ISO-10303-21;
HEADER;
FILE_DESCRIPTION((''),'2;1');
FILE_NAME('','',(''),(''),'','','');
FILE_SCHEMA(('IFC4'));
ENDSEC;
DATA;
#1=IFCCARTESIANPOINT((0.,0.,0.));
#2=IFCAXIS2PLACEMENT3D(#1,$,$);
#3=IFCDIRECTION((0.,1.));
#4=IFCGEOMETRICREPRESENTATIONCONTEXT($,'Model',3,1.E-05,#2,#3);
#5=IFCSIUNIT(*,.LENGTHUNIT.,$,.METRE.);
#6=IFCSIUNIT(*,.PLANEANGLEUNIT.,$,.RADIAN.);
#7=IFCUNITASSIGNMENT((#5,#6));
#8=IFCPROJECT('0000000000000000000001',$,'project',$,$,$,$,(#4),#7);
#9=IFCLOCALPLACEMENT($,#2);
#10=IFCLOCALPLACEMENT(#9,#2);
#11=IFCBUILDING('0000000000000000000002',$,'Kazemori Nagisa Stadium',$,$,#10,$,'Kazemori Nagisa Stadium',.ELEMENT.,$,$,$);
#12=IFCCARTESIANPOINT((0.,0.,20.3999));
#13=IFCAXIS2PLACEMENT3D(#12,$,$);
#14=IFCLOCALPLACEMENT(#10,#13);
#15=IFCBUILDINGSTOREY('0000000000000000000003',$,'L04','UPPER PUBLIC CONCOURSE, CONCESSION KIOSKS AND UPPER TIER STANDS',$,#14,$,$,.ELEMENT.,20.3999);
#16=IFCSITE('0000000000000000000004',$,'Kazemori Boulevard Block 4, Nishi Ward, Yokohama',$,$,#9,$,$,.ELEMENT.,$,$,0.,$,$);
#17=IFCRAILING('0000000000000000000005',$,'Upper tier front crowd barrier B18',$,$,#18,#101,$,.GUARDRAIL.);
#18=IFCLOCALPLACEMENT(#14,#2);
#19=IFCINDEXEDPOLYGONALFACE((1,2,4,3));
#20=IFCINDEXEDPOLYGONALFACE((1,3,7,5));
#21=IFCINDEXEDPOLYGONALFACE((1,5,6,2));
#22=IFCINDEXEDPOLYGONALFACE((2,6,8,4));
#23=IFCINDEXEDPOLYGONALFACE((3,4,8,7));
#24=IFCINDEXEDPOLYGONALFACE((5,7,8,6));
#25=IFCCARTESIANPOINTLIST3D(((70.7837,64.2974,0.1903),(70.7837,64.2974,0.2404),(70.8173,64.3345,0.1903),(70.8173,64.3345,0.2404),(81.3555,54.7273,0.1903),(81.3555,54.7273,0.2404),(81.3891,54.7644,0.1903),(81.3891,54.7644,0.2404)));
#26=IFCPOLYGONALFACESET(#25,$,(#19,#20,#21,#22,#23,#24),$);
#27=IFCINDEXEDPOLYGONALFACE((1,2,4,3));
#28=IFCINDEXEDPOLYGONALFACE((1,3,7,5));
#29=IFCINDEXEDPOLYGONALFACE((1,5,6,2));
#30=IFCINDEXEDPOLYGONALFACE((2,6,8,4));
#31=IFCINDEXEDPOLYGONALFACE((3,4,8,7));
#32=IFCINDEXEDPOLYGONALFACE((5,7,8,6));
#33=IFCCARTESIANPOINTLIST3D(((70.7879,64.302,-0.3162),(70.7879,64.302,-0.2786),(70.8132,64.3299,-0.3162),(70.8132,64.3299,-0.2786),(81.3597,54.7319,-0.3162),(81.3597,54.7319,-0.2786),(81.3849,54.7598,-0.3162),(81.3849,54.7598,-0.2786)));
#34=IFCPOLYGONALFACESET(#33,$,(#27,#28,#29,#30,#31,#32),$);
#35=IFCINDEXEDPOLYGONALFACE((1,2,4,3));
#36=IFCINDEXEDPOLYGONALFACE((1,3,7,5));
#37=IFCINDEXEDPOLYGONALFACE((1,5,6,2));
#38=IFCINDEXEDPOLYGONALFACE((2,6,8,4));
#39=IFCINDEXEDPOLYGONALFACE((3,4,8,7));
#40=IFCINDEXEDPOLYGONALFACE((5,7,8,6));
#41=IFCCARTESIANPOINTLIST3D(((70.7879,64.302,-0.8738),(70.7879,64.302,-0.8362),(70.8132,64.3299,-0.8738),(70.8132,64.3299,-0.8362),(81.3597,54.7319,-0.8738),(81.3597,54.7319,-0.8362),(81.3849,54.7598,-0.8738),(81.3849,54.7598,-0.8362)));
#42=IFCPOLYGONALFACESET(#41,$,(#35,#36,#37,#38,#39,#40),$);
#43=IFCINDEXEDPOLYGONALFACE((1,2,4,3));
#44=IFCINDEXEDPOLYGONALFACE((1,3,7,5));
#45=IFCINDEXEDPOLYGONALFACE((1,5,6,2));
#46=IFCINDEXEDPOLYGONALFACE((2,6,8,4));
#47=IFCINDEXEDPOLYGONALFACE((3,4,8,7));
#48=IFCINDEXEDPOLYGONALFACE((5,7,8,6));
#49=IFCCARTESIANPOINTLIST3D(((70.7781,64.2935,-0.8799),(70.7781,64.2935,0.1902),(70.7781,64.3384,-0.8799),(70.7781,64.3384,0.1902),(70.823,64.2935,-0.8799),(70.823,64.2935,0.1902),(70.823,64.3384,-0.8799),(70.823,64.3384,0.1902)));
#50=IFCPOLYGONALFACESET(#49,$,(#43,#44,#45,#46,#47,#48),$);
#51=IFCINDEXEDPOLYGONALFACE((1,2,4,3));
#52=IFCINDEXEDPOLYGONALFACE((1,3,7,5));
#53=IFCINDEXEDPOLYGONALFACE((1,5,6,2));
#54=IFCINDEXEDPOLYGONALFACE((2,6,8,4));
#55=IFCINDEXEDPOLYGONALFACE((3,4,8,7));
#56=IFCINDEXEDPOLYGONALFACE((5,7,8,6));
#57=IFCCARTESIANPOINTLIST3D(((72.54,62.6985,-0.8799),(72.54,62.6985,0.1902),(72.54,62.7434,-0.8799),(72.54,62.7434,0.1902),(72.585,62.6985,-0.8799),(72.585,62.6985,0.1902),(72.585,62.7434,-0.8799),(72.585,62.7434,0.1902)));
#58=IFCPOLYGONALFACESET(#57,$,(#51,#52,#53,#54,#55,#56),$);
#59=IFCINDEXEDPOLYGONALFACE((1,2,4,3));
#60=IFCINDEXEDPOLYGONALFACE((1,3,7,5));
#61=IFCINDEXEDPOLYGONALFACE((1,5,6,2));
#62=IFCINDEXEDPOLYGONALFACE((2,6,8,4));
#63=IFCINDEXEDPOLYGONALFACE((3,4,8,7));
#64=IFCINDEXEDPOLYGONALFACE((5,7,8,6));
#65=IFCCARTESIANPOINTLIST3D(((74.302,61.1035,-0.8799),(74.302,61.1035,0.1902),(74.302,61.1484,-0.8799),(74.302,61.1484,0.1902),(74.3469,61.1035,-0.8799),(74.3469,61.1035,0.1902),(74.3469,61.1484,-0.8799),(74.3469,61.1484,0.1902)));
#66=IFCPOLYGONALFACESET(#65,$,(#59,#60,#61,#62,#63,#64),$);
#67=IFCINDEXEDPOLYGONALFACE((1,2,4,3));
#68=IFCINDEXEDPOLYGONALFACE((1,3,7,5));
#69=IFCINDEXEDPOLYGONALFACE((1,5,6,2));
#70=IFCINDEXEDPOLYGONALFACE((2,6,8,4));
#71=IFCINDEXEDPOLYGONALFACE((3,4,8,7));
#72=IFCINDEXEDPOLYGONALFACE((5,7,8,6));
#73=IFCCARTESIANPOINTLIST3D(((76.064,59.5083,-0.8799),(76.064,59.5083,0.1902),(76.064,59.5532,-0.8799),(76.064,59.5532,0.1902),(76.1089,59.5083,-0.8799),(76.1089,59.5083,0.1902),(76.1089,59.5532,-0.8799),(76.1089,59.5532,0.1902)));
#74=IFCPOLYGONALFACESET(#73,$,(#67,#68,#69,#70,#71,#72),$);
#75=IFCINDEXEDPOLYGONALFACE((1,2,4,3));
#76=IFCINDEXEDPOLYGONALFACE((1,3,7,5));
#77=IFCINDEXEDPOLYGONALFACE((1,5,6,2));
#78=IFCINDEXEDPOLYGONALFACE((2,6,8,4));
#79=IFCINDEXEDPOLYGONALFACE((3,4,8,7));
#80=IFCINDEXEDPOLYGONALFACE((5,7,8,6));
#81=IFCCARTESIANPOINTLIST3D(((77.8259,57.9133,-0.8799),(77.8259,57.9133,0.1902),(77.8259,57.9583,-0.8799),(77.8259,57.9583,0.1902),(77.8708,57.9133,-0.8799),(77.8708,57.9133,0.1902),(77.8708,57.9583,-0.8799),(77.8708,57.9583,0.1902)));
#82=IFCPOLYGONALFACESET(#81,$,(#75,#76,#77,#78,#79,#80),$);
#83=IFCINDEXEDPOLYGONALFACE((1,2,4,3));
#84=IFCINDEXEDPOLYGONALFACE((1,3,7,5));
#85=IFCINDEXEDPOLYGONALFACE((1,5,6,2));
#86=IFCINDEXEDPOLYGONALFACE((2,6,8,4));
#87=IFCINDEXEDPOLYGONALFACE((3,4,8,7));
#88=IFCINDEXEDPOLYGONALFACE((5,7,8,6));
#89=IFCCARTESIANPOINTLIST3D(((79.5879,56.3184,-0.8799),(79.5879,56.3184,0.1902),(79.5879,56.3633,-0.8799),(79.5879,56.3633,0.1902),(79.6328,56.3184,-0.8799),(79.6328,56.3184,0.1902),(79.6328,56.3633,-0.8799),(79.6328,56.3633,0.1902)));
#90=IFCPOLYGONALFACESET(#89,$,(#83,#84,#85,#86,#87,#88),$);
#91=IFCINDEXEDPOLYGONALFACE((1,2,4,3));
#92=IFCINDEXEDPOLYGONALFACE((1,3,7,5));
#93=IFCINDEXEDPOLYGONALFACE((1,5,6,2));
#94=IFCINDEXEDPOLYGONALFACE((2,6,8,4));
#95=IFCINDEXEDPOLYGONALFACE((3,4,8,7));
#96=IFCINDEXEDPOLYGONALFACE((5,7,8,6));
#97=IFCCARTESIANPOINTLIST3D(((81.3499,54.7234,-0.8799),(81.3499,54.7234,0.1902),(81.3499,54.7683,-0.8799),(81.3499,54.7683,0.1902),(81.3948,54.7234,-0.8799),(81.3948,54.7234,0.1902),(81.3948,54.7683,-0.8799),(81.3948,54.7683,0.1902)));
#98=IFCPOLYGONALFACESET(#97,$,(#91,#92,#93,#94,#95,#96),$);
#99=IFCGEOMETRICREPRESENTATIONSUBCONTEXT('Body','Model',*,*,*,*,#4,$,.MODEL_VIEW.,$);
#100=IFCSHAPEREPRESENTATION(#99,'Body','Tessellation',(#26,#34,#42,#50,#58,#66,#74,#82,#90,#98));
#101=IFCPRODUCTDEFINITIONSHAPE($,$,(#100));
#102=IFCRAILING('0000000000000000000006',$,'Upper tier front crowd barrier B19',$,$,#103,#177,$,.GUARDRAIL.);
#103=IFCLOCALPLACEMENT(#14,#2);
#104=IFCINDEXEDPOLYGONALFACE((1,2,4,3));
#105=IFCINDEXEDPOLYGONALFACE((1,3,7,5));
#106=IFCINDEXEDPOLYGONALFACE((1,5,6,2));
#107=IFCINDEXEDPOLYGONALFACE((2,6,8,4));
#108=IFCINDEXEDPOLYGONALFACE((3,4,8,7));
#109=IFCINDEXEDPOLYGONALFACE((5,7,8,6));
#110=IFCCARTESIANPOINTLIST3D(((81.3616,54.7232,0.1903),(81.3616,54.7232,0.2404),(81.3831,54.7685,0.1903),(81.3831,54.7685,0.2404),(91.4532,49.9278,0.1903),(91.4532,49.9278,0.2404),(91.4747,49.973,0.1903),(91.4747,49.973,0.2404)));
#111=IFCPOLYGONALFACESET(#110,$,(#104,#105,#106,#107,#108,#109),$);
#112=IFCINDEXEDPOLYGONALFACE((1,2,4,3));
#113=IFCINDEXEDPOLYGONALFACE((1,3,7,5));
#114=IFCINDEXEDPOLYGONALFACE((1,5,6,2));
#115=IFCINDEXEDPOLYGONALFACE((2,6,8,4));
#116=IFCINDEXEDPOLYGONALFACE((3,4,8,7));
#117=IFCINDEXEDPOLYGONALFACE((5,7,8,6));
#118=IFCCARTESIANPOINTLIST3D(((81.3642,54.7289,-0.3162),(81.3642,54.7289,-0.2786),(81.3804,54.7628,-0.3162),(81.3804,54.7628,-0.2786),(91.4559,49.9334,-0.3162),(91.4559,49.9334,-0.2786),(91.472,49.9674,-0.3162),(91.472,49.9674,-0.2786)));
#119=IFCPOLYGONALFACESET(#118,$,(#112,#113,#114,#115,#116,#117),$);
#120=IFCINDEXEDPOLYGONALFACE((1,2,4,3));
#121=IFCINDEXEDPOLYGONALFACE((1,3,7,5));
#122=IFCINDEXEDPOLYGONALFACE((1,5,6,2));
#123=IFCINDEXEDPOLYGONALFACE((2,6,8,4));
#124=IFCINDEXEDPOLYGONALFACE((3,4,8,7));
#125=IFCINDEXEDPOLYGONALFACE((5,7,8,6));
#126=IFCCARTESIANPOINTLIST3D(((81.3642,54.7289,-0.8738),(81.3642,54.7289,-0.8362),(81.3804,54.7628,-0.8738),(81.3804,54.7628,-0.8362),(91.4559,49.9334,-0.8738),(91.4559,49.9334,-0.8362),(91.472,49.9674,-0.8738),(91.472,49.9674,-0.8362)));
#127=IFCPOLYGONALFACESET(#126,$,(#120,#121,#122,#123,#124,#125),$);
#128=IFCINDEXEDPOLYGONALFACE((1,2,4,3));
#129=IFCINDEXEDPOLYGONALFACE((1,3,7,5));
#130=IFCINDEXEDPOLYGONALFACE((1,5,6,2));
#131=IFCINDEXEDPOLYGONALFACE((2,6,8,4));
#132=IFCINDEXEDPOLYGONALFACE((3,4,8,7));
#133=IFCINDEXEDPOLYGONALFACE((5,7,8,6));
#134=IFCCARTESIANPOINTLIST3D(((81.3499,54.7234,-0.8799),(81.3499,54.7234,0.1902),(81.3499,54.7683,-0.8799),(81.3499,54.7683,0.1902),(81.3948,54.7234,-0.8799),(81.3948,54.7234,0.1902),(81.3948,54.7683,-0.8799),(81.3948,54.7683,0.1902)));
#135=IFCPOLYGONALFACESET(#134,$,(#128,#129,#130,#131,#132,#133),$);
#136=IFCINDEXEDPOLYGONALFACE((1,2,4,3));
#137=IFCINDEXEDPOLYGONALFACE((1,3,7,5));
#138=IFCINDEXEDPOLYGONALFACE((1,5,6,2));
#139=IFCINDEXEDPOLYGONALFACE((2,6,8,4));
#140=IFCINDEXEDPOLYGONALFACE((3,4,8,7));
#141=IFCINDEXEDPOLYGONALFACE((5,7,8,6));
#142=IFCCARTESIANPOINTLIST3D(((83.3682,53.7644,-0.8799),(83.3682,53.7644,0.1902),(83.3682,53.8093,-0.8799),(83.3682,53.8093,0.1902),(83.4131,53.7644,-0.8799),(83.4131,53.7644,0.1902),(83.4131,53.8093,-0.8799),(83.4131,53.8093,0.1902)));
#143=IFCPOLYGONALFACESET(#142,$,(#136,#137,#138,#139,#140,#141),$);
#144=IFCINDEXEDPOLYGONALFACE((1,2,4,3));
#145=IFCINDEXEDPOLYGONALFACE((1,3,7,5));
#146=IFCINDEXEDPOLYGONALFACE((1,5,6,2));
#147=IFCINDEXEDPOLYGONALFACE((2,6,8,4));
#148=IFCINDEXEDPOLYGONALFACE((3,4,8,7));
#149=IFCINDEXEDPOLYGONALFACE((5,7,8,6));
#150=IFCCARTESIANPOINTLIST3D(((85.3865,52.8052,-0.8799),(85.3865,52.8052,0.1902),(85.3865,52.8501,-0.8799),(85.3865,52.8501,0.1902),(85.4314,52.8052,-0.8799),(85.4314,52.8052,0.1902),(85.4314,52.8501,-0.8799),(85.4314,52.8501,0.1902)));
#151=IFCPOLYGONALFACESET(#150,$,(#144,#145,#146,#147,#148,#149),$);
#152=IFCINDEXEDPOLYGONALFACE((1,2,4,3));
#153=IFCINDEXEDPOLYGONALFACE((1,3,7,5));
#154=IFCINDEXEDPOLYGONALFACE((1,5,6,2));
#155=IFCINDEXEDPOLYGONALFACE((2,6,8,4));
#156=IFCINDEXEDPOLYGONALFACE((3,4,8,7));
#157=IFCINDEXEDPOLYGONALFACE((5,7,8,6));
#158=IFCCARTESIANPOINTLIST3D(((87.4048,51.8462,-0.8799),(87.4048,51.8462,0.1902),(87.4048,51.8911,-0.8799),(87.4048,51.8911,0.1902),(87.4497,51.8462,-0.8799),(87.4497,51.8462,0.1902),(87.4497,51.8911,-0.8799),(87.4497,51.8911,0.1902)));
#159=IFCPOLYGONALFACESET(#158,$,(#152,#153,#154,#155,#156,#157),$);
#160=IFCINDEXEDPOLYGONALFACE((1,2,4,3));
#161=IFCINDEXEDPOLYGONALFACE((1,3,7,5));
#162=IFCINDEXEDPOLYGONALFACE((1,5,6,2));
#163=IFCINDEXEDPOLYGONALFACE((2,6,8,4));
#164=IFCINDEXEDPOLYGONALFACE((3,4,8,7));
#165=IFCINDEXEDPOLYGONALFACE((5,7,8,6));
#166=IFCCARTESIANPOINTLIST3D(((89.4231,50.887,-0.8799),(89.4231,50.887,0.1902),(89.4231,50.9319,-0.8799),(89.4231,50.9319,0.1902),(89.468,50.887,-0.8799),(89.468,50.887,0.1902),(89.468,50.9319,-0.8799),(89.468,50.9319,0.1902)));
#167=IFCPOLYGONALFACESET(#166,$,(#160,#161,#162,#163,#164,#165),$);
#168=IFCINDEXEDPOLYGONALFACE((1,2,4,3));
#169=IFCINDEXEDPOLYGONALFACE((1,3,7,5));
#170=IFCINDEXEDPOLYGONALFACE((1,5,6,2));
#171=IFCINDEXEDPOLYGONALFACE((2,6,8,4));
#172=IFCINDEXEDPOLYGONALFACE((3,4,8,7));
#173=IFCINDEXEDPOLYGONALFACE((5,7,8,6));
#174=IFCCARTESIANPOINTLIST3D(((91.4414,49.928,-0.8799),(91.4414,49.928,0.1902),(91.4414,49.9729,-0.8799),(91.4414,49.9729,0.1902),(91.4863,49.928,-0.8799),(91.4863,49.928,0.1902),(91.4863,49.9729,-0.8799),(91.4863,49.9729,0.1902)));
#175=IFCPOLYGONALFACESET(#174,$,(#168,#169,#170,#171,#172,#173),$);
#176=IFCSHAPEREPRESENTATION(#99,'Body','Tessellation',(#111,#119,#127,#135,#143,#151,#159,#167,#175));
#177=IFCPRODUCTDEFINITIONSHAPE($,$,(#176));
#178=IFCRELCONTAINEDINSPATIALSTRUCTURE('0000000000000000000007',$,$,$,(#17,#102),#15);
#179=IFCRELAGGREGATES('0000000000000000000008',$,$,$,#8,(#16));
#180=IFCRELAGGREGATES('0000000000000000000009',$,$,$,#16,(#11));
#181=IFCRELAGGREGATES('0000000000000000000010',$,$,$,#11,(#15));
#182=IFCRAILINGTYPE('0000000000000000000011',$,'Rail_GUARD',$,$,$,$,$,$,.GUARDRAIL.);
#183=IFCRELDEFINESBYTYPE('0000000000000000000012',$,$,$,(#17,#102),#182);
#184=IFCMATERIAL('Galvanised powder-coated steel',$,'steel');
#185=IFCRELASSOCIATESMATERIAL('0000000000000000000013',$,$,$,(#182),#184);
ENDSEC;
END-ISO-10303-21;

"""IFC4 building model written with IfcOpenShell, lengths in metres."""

from ifc_helpers import new_model, si_unit, direction, frame, origin, origin_2d, place, context, subcontext, project, spatial, rectangle, extrude, material, type_object, element, save


model = new_model("IFC4")

# Units and contexts
model_context = context("Model", 3, precision=1e-05, world=origin(), true_north=direction((0.0, 1.0)))
body_context = subcontext(model_context, "Body", "Model", "MODEL_VIEW")
ifc_project = project(units=[si_unit("LENGTHUNIT", "METRE"), si_unit("PLANEANGLEUNIT", "RADIAN")], contexts=[model_context])

# Site, building, storey
site_placement = place(None, origin())
site = spatial("IfcSite", under=ifc_project, at=site_placement, Name="Kazemori Boulevard Block 4, Nishi Ward, Yokohama", CompositionType="ELEMENT", RefElevation=0.0)
building_placement = place(site_placement, origin())
building = spatial("IfcBuilding", under=site, at=building_placement, Name="Kazemori Nagisa Stadium", LongName="Kazemori Nagisa Stadium", CompositionType="ELEMENT")
storey_placement = place(building_placement, frame((0.0, 0.0, 20.3999)))
storey = spatial("IfcBuildingStorey", under=building, at=storey_placement, Name="L04", Description="UPPER PUBLIC CONCOURSE, CONCESSION KIOSKS AND UPPER TIER STANDS", CompositionType="ELEMENT", Elevation=20.3999)

# Railings
ifc_material_1 = material(Name="Galvanised powder-coated steel", Category="steel")
railing_type_1 = type_object("IfcRailingType", Name="Rail_GUARD", PredefinedType="GUARDRAIL", material=ifc_material_1)
railing_1_placement = place(storey_placement, frame((70.8005, 64.3159, -0.8799)))
element("IfcRailing", 1, at=railing_1_placement, inside=storey, type_object=railing_type_1, Name="Upper tier front crowd barrier B18", PredefinedType="GUARDRAIL", context=body_context, shape_type="SweptSolid", body=[
    extrude(rectangle(XDim=0.05, YDim=0.05, at=origin_2d()), frame((0.0, 0.0, 1.0952), z_axis=(0.741357, -0.671111, 0.0), x_axis=(0.671111, 0.741357, 0.0)), (0.0, 0.0, 1.0), 14.26),
    extrude(rectangle(XDim=0.0376, YDim=0.0376, at=origin_2d()), frame((0.0, 0.0, 0.5825), z_axis=(0.741357, -0.671111, 0.0), x_axis=(0.671111, 0.741357, 0.0)), (0.0, 0.0, 1.0), 14.26),
    extrude(rectangle(XDim=0.0376, YDim=0.0376, at=origin_2d()), frame((0.0, 0.0, 0.0249), z_axis=(0.741357, -0.671111, 0.0), x_axis=(0.671111, 0.741357, 0.0)), (0.0, 0.0, 1.0), 14.26),
    extrude(rectangle(XDim=0.0449, YDim=0.0449, at=origin_2d()), origin(), (0.0, 0.0, 1.0), 1.0701),
    extrude(rectangle(XDim=0.0449, YDim=0.0449, at=origin_2d()), frame((1.762, -1.595, 0.0)), (0.0, 0.0, 1.0), 1.0701),
    extrude(rectangle(XDim=0.0449, YDim=0.0449, at=origin_2d()), frame((3.5239, -3.1899, 0.0)), (0.0, 0.0, 1.0), 1.0701),
    extrude(rectangle(XDim=0.0449, YDim=0.0449, at=origin_2d()), frame((5.2859, -4.7852, 0.0)), (0.0, 0.0, 1.0), 1.0701),
    extrude(rectangle(XDim=0.0449, YDim=0.0449, at=origin_2d()), frame((7.0479, -6.3801, 0.0)), (0.0, 0.0, 1.0), 1.0701),
    extrude(rectangle(XDim=0.0449, YDim=0.0449, at=origin_2d()), frame((8.8098, -7.9751, 0.0)), (0.0, 0.0, 1.0), 1.0701),
    extrude(rectangle(XDim=0.0449, YDim=0.0449, at=origin_2d()), frame((10.5718, -9.5701, 0.0)), (0.0, 0.0, 1.0), 1.0701),
])
railing_2_placement = place(storey_placement, frame((81.3723, 54.7458, -0.8799)))
element("IfcRailing", 2, at=railing_2_placement, inside=storey, type_object=railing_type_1, Name="Upper tier front crowd barrier B19", PredefinedType="GUARDRAIL", context=body_context, shape_type="SweptSolid", body=[
    extrude(rectangle(XDim=0.05, YDim=0.05, at=origin_2d()), frame((0.0, 0.0, 1.0952), z_axis=(0.903211, -0.429197, 0.0), x_axis=(0.429197, 0.903211, 0.0)), (0.0, 0.0, 1.0), 11.1731),
    extrude(rectangle(XDim=0.0376, YDim=0.0376, at=origin_2d()), frame((0.0, 0.0, 0.5825), z_axis=(0.903211, -0.429197, 0.0), x_axis=(0.429197, 0.903211, 0.0)), (0.0, 0.0, 1.0), 11.1731),
    extrude(rectangle(XDim=0.0376, YDim=0.0376, at=origin_2d()), frame((0.0, 0.0, 0.0249), z_axis=(0.903211, -0.429197, 0.0), x_axis=(0.429197, 0.903211, 0.0)), (0.0, 0.0, 1.0), 11.1731),
    extrude(rectangle(XDim=0.0449, YDim=0.0449, at=origin_2d()), origin(), (0.0, 0.0, 1.0), 1.0701),
    extrude(rectangle(XDim=0.0449, YDim=0.0449, at=origin_2d()), frame((2.0183, -0.959, 0.0)), (0.0, 0.0, 1.0), 1.0701),
    extrude(rectangle(XDim=0.0449, YDim=0.0449, at=origin_2d()), frame((4.0366, -1.9182, 0.0)), (0.0, 0.0, 1.0), 1.0701),
    extrude(rectangle(XDim=0.0449, YDim=0.0449, at=origin_2d()), frame((6.0549, -2.8772, 0.0)), (0.0, 0.0, 1.0), 1.0701),
    extrude(rectangle(XDim=0.0449, YDim=0.0449, at=origin_2d()), frame((8.0732, -3.8364, 0.0)), (0.0, 0.0, 1.0), 1.0701),
    extrude(rectangle(XDim=0.0449, YDim=0.0449, at=origin_2d()), frame((10.0916, -4.7954, 0.0)), (0.0, 0.0, 1.0), 1.0701),
])

save(model, "model.ifc")
